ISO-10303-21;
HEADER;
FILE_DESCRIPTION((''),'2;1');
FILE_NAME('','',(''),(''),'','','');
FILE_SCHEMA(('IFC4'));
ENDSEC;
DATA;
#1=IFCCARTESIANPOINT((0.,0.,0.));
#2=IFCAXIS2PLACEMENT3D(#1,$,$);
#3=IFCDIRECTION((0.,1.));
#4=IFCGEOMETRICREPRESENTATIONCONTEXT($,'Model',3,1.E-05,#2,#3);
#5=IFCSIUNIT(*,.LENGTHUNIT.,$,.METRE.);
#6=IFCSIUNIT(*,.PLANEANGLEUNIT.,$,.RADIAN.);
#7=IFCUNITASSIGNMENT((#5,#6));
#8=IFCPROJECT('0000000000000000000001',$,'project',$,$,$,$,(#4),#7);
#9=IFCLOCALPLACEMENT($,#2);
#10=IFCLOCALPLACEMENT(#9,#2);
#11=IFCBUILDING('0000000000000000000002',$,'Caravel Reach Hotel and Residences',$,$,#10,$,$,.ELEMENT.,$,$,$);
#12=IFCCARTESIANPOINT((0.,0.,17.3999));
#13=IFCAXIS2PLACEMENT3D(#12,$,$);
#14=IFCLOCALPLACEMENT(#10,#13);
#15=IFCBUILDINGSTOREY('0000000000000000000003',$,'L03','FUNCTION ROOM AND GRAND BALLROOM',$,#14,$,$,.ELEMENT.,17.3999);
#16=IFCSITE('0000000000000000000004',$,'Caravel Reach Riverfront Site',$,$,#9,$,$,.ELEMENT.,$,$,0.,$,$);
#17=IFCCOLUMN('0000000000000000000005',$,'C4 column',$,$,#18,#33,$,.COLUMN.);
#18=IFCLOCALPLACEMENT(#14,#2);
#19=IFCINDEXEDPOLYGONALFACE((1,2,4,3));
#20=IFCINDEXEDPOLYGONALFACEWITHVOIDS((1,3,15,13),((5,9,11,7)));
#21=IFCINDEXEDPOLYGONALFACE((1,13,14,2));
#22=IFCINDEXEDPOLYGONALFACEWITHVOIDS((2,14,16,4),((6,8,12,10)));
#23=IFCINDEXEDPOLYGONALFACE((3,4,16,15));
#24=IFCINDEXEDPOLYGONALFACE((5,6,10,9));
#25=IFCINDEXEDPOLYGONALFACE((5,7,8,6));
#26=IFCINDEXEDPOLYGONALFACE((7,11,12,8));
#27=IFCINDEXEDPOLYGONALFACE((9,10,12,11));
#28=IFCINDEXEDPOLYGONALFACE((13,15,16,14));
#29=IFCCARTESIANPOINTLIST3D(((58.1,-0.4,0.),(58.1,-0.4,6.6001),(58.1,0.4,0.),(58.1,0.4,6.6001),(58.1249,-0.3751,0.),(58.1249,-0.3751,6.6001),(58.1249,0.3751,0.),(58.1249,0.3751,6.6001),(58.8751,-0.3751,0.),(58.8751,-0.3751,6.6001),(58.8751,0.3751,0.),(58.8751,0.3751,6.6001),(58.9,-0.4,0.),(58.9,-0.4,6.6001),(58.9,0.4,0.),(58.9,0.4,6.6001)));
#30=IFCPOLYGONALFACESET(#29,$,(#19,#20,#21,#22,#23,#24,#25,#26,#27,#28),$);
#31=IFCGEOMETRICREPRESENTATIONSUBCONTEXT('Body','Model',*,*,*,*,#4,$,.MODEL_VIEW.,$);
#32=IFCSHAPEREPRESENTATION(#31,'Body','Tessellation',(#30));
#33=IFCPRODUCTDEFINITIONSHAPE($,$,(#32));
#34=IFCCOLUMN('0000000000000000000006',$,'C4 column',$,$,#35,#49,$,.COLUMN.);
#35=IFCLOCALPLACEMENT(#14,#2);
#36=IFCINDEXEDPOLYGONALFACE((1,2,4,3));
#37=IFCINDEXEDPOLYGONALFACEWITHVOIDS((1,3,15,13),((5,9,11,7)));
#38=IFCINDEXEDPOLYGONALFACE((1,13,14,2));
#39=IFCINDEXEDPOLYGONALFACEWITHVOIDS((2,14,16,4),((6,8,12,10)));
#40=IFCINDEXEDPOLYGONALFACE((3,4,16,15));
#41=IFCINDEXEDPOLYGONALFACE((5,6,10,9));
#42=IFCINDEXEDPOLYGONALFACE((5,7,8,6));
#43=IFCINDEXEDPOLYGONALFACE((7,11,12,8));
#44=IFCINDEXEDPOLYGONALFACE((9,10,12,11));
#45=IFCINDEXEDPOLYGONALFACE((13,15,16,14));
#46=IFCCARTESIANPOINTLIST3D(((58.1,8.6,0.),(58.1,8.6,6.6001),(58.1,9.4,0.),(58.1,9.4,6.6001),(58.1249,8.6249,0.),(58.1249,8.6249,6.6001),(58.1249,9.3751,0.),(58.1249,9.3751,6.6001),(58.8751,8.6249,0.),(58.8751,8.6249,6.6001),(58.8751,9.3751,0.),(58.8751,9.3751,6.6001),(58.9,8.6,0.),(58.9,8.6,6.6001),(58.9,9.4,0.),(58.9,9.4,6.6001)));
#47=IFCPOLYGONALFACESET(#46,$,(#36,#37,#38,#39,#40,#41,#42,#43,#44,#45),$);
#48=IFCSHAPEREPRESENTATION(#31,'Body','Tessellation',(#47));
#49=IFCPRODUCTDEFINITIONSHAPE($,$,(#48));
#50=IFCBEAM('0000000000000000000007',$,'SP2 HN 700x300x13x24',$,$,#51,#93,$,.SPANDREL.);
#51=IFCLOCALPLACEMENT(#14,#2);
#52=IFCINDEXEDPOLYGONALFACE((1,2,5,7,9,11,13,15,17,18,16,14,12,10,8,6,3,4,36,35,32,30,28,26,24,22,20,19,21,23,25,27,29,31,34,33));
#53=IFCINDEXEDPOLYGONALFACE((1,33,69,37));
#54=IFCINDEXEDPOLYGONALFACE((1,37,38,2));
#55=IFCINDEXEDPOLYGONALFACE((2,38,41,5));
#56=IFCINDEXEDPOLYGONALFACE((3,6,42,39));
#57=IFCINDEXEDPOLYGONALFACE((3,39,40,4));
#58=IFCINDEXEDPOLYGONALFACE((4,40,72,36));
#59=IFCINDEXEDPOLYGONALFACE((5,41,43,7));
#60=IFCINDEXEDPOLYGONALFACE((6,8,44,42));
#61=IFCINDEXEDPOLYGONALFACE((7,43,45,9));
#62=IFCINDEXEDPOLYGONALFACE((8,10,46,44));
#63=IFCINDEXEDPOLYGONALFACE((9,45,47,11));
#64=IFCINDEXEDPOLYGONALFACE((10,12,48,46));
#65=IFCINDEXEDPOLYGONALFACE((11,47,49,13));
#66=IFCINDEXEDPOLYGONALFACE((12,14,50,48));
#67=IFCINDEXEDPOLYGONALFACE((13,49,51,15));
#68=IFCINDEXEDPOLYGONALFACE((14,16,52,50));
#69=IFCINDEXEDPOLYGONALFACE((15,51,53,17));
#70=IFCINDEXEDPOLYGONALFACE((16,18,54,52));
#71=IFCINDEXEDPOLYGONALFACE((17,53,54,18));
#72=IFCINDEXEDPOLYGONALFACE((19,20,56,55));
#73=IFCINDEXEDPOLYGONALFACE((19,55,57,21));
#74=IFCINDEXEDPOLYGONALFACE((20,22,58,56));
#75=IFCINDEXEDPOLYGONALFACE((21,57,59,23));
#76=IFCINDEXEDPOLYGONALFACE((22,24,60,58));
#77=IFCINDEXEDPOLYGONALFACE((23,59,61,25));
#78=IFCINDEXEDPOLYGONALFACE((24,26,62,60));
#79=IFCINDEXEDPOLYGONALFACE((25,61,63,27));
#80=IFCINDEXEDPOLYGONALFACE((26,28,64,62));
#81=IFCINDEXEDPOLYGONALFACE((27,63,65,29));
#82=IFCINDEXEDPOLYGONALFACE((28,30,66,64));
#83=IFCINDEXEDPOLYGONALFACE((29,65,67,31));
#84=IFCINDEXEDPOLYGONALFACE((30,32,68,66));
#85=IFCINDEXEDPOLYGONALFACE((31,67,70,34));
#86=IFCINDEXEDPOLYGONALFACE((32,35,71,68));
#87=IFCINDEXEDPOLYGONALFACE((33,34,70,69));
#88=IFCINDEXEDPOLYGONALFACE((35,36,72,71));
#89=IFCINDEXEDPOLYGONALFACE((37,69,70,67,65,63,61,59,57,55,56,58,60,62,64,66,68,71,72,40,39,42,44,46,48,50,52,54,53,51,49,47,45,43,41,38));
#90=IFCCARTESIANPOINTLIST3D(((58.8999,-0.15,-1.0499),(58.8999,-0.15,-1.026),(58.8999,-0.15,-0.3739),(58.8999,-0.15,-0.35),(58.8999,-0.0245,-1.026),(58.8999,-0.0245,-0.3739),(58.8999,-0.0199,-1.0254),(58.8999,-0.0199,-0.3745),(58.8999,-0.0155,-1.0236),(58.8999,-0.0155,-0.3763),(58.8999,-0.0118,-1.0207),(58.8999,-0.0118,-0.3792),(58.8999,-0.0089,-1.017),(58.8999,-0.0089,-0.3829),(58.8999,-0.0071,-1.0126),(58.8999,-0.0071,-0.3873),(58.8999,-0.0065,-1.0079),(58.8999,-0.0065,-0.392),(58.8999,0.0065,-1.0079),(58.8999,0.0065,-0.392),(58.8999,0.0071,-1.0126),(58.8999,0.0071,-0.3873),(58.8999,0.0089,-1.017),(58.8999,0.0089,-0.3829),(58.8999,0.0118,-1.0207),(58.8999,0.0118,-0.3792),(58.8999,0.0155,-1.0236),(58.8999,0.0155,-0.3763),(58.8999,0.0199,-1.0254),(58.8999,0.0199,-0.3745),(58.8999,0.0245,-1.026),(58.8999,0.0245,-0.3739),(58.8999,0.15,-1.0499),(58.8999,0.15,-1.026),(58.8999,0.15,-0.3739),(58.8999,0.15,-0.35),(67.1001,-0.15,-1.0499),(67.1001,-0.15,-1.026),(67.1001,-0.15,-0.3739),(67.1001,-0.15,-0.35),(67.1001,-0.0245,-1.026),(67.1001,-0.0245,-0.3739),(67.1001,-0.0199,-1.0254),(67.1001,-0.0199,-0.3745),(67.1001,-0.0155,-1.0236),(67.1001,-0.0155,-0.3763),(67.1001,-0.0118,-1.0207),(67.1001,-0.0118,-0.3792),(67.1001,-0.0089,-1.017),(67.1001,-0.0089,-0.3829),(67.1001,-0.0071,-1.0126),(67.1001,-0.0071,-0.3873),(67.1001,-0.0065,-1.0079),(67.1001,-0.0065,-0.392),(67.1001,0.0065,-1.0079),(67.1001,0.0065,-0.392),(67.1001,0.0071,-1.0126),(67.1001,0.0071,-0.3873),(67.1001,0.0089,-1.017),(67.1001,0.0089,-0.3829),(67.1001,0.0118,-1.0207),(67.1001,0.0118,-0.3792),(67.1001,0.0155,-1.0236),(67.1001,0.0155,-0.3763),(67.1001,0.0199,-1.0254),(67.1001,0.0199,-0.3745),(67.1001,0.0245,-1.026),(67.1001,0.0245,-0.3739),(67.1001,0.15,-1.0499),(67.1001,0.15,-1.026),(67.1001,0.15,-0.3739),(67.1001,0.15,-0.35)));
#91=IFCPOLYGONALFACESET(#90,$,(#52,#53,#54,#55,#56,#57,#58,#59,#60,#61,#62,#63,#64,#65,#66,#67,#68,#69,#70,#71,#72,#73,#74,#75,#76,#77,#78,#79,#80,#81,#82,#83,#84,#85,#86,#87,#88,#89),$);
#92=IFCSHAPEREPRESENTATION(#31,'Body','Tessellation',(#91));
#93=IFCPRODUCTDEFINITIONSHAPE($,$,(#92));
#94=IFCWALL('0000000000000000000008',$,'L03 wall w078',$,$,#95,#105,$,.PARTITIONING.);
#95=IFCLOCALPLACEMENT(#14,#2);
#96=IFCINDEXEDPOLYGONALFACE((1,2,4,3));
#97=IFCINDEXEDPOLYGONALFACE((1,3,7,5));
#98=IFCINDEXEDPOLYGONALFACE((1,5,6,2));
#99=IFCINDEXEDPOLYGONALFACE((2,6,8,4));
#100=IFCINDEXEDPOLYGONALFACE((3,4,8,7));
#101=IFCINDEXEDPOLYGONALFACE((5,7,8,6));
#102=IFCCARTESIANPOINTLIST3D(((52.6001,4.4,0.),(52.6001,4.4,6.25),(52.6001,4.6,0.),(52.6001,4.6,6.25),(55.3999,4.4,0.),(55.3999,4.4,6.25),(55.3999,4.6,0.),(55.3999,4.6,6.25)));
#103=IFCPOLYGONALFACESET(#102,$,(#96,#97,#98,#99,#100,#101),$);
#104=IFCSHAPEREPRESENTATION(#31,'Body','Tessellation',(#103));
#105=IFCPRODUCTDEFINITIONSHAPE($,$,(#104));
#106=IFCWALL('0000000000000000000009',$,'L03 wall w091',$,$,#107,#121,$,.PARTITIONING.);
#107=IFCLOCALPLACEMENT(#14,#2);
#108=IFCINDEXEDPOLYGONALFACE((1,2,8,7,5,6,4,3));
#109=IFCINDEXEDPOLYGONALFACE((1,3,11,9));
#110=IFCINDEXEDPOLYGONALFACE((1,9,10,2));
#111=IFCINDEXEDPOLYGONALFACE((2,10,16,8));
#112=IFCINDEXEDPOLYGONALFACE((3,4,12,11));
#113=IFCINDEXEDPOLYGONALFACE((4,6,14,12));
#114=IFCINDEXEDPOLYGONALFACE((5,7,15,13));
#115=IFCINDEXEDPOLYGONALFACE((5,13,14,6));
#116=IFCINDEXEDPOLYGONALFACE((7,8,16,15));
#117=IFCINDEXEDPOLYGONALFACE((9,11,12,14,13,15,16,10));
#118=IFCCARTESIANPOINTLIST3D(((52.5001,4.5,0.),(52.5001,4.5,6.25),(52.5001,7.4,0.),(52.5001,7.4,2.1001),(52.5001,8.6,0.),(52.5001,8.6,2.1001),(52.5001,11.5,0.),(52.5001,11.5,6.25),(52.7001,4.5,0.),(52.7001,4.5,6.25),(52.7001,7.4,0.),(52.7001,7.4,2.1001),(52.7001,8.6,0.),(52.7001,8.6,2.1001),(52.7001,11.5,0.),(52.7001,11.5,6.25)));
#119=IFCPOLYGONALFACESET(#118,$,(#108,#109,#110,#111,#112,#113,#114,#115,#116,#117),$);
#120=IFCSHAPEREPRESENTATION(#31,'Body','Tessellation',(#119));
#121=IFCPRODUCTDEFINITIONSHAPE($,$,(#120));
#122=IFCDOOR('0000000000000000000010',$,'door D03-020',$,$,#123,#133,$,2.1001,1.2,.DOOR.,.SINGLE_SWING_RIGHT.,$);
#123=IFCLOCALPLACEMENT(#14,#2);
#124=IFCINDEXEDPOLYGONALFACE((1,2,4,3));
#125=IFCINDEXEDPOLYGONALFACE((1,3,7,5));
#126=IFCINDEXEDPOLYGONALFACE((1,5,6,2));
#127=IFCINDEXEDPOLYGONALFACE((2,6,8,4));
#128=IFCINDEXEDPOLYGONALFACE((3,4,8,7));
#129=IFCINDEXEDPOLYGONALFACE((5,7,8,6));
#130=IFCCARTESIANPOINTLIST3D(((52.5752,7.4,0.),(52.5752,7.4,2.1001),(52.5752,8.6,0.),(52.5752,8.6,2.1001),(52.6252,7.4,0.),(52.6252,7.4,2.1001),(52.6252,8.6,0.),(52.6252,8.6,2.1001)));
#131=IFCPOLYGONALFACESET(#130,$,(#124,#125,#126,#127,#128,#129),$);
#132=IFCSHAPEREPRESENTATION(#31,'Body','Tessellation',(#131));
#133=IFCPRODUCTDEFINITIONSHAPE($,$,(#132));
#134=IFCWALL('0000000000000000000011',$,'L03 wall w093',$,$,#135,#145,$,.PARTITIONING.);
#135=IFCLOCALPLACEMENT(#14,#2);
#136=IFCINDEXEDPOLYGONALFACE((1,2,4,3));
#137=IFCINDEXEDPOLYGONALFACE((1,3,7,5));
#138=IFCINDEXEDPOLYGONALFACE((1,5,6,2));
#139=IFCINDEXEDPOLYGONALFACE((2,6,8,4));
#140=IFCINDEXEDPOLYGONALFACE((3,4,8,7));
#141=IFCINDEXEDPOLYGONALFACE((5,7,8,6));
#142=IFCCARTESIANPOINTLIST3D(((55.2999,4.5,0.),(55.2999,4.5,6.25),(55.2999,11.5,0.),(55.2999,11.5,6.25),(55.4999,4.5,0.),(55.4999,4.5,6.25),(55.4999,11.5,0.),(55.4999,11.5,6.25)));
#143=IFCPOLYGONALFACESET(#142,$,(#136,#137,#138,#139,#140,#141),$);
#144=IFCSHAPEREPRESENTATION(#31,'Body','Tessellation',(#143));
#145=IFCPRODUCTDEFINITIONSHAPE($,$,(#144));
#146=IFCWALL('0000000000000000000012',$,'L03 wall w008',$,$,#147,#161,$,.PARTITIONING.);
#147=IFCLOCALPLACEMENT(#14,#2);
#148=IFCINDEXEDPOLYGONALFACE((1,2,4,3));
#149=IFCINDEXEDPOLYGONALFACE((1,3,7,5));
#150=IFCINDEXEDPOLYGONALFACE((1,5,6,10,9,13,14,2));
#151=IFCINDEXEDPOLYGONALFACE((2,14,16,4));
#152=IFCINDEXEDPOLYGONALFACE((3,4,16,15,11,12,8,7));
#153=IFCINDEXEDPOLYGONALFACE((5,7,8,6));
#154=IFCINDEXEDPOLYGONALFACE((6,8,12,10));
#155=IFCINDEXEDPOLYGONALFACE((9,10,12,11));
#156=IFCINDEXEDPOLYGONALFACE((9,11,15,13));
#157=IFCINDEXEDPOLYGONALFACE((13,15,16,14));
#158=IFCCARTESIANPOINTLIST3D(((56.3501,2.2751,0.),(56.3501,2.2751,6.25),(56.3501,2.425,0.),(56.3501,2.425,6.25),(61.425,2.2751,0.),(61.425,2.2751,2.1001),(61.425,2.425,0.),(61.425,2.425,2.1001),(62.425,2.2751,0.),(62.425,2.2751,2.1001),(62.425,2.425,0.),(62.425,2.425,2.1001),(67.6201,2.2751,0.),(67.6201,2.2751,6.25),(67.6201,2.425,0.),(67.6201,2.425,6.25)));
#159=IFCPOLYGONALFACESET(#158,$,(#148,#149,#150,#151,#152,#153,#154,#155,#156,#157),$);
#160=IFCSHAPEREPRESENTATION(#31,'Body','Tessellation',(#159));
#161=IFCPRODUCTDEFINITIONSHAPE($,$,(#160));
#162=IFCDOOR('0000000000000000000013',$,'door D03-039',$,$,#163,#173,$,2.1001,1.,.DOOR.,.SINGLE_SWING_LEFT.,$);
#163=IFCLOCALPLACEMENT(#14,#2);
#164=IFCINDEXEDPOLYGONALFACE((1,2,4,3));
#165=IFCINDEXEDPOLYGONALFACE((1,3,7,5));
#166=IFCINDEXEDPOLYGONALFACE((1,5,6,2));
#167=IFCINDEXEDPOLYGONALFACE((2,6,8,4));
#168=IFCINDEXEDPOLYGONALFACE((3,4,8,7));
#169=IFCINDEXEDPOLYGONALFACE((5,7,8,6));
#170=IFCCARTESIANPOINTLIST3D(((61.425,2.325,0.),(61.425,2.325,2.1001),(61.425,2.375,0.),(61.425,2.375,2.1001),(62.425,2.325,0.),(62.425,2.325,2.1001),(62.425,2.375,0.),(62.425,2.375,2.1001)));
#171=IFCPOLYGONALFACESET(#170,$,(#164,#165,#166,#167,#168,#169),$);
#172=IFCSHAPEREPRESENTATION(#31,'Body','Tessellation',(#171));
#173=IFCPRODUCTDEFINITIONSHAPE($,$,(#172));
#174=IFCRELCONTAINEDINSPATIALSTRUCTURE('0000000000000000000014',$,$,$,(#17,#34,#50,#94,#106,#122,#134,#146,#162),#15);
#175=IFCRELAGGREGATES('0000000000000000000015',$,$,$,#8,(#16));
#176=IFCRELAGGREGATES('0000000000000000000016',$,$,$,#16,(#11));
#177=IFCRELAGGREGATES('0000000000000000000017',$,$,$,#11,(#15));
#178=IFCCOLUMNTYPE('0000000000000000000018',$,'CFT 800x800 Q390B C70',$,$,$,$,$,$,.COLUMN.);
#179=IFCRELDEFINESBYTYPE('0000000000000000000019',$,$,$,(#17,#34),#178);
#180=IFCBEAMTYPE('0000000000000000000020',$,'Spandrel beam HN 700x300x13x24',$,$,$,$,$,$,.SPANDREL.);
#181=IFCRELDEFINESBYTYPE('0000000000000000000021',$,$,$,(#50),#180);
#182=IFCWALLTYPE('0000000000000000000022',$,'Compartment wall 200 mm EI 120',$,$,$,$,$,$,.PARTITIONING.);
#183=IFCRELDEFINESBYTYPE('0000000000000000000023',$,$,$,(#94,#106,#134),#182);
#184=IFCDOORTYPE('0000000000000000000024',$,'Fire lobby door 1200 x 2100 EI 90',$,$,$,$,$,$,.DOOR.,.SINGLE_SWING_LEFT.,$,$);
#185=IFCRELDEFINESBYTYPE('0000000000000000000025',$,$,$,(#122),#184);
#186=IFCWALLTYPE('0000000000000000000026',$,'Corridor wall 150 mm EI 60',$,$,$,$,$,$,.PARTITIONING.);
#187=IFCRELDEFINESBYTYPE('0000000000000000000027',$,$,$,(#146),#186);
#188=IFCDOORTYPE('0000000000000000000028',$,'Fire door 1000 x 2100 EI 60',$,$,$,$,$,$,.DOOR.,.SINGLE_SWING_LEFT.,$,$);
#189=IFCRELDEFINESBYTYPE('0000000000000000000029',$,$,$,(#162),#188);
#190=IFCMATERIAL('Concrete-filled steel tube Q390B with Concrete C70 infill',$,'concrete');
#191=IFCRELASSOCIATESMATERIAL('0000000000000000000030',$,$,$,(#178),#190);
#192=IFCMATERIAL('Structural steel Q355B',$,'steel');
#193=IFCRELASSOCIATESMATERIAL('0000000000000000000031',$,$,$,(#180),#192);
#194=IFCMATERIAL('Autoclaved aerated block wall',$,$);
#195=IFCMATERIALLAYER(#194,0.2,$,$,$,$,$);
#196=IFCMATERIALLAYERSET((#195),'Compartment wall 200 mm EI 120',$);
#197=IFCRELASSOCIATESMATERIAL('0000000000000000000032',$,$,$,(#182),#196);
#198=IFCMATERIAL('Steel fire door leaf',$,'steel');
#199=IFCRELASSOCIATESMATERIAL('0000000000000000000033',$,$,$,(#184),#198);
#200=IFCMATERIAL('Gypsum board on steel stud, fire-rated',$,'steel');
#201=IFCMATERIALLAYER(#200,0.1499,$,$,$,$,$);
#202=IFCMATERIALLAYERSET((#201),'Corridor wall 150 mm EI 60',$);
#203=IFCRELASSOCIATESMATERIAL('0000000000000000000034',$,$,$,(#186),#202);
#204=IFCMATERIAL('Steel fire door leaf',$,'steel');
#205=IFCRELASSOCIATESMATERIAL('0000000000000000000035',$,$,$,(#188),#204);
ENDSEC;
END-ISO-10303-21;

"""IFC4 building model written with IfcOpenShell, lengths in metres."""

from ifc_helpers import new_model, si_unit, direction, frame, frame_2d, origin, origin_2d, place, context, subcontext, project, spatial, rectangle, hollow_rectangle, i_section, extrude, material, layer, layer_set, material_profile, profile_set, type_object, element, fill, save


model = new_model("IFC4")

# Units and contexts
model_context = context("Model", 3, precision=1e-05, world=origin(), true_north=direction((0.0, 1.0)))
body_context = subcontext(model_context, "Body", "Model", "MODEL_VIEW")
ifc_project = project(units=[si_unit("LENGTHUNIT", "METRE"), si_unit("PLANEANGLEUNIT", "RADIAN")], contexts=[model_context])

# Site, building, storey
site_placement = place(None, origin())
site = spatial("IfcSite", under=ifc_project, at=site_placement, Name="Caravel Reach Riverfront Site", CompositionType="ELEMENT", RefElevation=0.0)
building_placement = place(site_placement, origin())
building = spatial("IfcBuilding", under=site, at=building_placement, Name="Caravel Reach Hotel and Residences", CompositionType="ELEMENT")
storey_placement = place(building_placement, frame((0.0, 0.0, 17.3999)))
storey = spatial("IfcBuildingStorey", under=building, at=storey_placement, Name="L03", Description="FUNCTION ROOM AND GRAND BALLROOM", CompositionType="ELEMENT", Elevation=17.3999)

# Columns
ifc_material_1 = material(Name="Concrete-filled steel tube Q390B with Concrete C70 infill", Category="concrete")
ifc_material_profile_1 = material_profile(ifc_material_1, hollow_rectangle(XDim=0.8, YDim=0.8, WallThickness=0.0249, at=origin_2d()), Name="RHS 800x800x25")
ifc_profile_set_1 = profile_set([ifc_material_profile_1], Name="Concrete-filled steel tube Q390B with Concrete C70 infill")
column_type = type_object("IfcColumnType", Name="CFT 800x800 Q390B C70", PredefinedType="COLUMN", material=ifc_profile_set_1)
for number, where, z_axis, x_axis, name in (
    (1, (58.5, 0.0, 0.0), (0.0, 0.0, 1.0), (1.0, 0.0, 0.0), "C4 column"),
    (2, (58.5, 9.0, 0.0), (0.0, 0.0, 1.0), (1.0, 0.0, 0.0), "C4 column"),
):
    element("IfcColumn", number, at=place(storey_placement, frame(where, z_axis=z_axis, x_axis=x_axis)), inside=storey, type_object=column_type, Name=name, PredefinedType="COLUMN", context=body_context, shape_type="SweptSolid", body=[
        extrude(hollow_rectangle(XDim=0.8, YDim=0.8, WallThickness=0.0249, at=origin_2d()), origin(), (0.0, 0.0, 1.0), 6.6001),
    ])

# Beam
ifc_material_2 = material(Name="Structural steel Q355B", Category="steel")
ifc_material_profile_2 = material_profile(ifc_material_2, i_section(OverallWidth=0.3, OverallDepth=0.7, WebThickness=0.0129, FlangeThickness=0.0239, FilletRadius=0.0181, at=origin_2d()), Name="HN 700x300x13x24")
ifc_profile_set_2 = profile_set([ifc_material_profile_2], Name="Structural steel Q355B")
beam_type = type_object("IfcBeamType", Name="Spandrel beam HN 700x300x13x24", PredefinedType="SPANDREL", material=ifc_profile_set_2)
beam_placement = place(storey_placement, frame((58.8999, 0.0, -0.7), z_axis=(1.0, 0.0, 0.0), x_axis=(0.0, 1.0, 0.0)))
element("IfcBeam", 3, at=beam_placement, inside=storey, type_object=beam_type, Name="SP2 HN 700x300x13x24", PredefinedType="SPANDREL", context=body_context, shape_type="SweptSolid", body=[
    extrude(i_section(OverallWidth=0.3, OverallDepth=0.7, WebThickness=0.0129, FlangeThickness=0.0239, FilletRadius=0.0181, at=origin_2d()), origin(), (0.0, 0.0, 1.0), 8.2002),
])

# Wall
ifc_material_3 = material(Name="Autoclaved aerated block wall")
ifc_layer_1 = layer(ifc_material_3, 0.2)
ifc_layer_set_1 = layer_set([ifc_layer_1], Name="Compartment wall 200 mm EI 120")
wall_type_1 = type_object("IfcWallType", Name="Compartment wall 200 mm EI 120", PredefinedType="PARTITIONING", material=ifc_layer_set_1)
wall_1_placement = place(storey_placement, frame((52.6001, 4.5, 0.0), z_axis=(0.0, 0.0, 1.0), x_axis=(1.0, 0.0, 0.0)))
element("IfcWall", 4, at=wall_1_placement, inside=storey, type_object=wall_type_1, Name="L03 wall w078", PredefinedType="PARTITIONING", context=body_context, shape_type="SweptSolid", body=[
    extrude(rectangle(XDim=2.7998, YDim=0.2, at=frame_2d((1.3999, 0.0))), origin(), (0.0, 0.0, 1.0), 6.25),
])

# Wall, opening, door
wall_2_placement = place(storey_placement, frame((52.6001, 4.5, 0.0), z_axis=(0.0, 0.0, 1.0), x_axis=(0.0, 1.0, 0.0)))
wall_2 = element("IfcWall", 5, at=wall_2_placement, inside=storey, type_object=wall_type_1, Name="L03 wall w091", PredefinedType="PARTITIONING", context=body_context, shape_type="SweptSolid", body=[
    extrude(rectangle(XDim=7.0, YDim=0.2, at=frame_2d((3.5, 0.0))), origin(), (0.0, 0.0, 1.0), 6.25),
])
opening_1_placement = place(wall_2_placement, frame((2.8999, 0.0, 0.0)))
opening_1 = element("IfcOpeningElement", 6, at=opening_1_placement, cuts=wall_2, PredefinedType="OPENING", context=body_context, shape_type="SweptSolid", body=[
    extrude(rectangle(XDim=1.2, YDim=2.1001, at=frame_2d((0.6001, 1.05))), frame((0.0, 0.1099, 0.0), z_axis=(0.0, -1.0, 0.0), x_axis=(1.0, 0.0, 0.0)), (0.0, 0.0, 1.0), 0.22),
])
ifc_material_4 = material(Name="Steel fire door leaf", Category="steel")
door_type_1 = type_object("IfcDoorType", Name="Fire lobby door 1200 x 2100 EI 90", OperationType="SINGLE_SWING_LEFT", PredefinedType="DOOR", material=ifc_material_4)
door_1_placement = place(opening_1_placement, origin())
door_1 = element("IfcDoor", 7, at=door_1_placement, inside=storey, type_object=door_type_1, Name="door D03-020", OperationType="SINGLE_SWING_RIGHT", OverallHeight=2.1001, OverallWidth=1.2, PredefinedType="DOOR", context=body_context, shape_type="SweptSolid", body=[
    extrude(rectangle(XDim=1.2, YDim=2.1001, at=frame_2d((0.6001, 1.05))), frame((0.0, 0.0249, 0.0), z_axis=(0.0, -1.0, 0.0), x_axis=(1.0, 0.0, 0.0)), (0.0, 0.0, 1.0), 0.05),
])
fill(opening_1, door_1)

# Wall
wall_3_placement = place(storey_placement, frame((55.3999, 4.5, 0.0), z_axis=(0.0, 0.0, 1.0), x_axis=(0.0, 1.0, 0.0)))
element("IfcWall", 8, at=wall_3_placement, inside=storey, type_object=wall_type_1, Name="L03 wall w093", PredefinedType="PARTITIONING", context=body_context, shape_type="SweptSolid", body=[
    extrude(rectangle(XDim=7.0, YDim=0.2, at=frame_2d((3.5, 0.0))), origin(), (0.0, 0.0, 1.0), 6.25),
])

# Wall, opening, door
ifc_material_5 = material(Name="Gypsum board on steel stud, fire-rated", Category="steel")
ifc_layer_2 = layer(ifc_material_5, 0.1499)
ifc_layer_set_2 = layer_set([ifc_layer_2], Name="Corridor wall 150 mm EI 60")
wall_type_2 = type_object("IfcWallType", Name="Corridor wall 150 mm EI 60", PredefinedType="PARTITIONING", material=ifc_layer_set_2)
wall_4_placement = place(storey_placement, frame((56.3501, 2.3501, 0.0), z_axis=(0.0, 0.0, 1.0), x_axis=(1.0, 0.0, 0.0)))
wall_4 = element("IfcWall", 9, at=wall_4_placement, inside=storey, type_object=wall_type_2, Name="L03 wall w008", PredefinedType="PARTITIONING", context=body_context, shape_type="SweptSolid", body=[
    extrude(rectangle(XDim=11.27, YDim=0.1499, at=frame_2d((5.635, 0.0))), origin(), (0.0, 0.0, 1.0), 6.25),
])
opening_2_placement = place(wall_4_placement, frame((5.075, 0.0, 0.0)))
opening_2 = element("IfcOpeningElement", 10, at=opening_2_placement, cuts=wall_4, PredefinedType="OPENING", context=body_context, shape_type="SweptSolid", body=[
    extrude(rectangle(XDim=1.0, YDim=2.1001, at=frame_2d((0.5, 1.05))), frame((0.0, 0.085, 0.0), z_axis=(0.0, -1.0, 0.0), x_axis=(1.0, 0.0, 0.0)), (0.0, 0.0, 1.0), 0.1699),
])
ifc_material_6 = material(Name="Steel fire door leaf", Category="steel")
door_type_2 = type_object("IfcDoorType", Name="Fire door 1000 x 2100 EI 60", OperationType="SINGLE_SWING_LEFT", PredefinedType="DOOR", material=ifc_material_6)
door_2_placement = place(opening_2_placement, origin())
door_2 = element("IfcDoor", 11, at=door_2_placement, inside=storey, type_object=door_type_2, Name="door D03-039", OperationType="SINGLE_SWING_LEFT", OverallHeight=2.1001, OverallWidth=1.0, PredefinedType="DOOR", context=body_context, shape_type="SweptSolid", body=[
    extrude(rectangle(XDim=1.0, YDim=2.1001, at=frame_2d((0.5, 1.05))), frame((0.0, 0.0249, 0.0), z_axis=(0.0, -1.0, 0.0), x_axis=(1.0, 0.0, 0.0)), (0.0, 0.0, 1.0), 0.05),
])
fill(opening_2, door_2)

save(model, "model.ifc")
